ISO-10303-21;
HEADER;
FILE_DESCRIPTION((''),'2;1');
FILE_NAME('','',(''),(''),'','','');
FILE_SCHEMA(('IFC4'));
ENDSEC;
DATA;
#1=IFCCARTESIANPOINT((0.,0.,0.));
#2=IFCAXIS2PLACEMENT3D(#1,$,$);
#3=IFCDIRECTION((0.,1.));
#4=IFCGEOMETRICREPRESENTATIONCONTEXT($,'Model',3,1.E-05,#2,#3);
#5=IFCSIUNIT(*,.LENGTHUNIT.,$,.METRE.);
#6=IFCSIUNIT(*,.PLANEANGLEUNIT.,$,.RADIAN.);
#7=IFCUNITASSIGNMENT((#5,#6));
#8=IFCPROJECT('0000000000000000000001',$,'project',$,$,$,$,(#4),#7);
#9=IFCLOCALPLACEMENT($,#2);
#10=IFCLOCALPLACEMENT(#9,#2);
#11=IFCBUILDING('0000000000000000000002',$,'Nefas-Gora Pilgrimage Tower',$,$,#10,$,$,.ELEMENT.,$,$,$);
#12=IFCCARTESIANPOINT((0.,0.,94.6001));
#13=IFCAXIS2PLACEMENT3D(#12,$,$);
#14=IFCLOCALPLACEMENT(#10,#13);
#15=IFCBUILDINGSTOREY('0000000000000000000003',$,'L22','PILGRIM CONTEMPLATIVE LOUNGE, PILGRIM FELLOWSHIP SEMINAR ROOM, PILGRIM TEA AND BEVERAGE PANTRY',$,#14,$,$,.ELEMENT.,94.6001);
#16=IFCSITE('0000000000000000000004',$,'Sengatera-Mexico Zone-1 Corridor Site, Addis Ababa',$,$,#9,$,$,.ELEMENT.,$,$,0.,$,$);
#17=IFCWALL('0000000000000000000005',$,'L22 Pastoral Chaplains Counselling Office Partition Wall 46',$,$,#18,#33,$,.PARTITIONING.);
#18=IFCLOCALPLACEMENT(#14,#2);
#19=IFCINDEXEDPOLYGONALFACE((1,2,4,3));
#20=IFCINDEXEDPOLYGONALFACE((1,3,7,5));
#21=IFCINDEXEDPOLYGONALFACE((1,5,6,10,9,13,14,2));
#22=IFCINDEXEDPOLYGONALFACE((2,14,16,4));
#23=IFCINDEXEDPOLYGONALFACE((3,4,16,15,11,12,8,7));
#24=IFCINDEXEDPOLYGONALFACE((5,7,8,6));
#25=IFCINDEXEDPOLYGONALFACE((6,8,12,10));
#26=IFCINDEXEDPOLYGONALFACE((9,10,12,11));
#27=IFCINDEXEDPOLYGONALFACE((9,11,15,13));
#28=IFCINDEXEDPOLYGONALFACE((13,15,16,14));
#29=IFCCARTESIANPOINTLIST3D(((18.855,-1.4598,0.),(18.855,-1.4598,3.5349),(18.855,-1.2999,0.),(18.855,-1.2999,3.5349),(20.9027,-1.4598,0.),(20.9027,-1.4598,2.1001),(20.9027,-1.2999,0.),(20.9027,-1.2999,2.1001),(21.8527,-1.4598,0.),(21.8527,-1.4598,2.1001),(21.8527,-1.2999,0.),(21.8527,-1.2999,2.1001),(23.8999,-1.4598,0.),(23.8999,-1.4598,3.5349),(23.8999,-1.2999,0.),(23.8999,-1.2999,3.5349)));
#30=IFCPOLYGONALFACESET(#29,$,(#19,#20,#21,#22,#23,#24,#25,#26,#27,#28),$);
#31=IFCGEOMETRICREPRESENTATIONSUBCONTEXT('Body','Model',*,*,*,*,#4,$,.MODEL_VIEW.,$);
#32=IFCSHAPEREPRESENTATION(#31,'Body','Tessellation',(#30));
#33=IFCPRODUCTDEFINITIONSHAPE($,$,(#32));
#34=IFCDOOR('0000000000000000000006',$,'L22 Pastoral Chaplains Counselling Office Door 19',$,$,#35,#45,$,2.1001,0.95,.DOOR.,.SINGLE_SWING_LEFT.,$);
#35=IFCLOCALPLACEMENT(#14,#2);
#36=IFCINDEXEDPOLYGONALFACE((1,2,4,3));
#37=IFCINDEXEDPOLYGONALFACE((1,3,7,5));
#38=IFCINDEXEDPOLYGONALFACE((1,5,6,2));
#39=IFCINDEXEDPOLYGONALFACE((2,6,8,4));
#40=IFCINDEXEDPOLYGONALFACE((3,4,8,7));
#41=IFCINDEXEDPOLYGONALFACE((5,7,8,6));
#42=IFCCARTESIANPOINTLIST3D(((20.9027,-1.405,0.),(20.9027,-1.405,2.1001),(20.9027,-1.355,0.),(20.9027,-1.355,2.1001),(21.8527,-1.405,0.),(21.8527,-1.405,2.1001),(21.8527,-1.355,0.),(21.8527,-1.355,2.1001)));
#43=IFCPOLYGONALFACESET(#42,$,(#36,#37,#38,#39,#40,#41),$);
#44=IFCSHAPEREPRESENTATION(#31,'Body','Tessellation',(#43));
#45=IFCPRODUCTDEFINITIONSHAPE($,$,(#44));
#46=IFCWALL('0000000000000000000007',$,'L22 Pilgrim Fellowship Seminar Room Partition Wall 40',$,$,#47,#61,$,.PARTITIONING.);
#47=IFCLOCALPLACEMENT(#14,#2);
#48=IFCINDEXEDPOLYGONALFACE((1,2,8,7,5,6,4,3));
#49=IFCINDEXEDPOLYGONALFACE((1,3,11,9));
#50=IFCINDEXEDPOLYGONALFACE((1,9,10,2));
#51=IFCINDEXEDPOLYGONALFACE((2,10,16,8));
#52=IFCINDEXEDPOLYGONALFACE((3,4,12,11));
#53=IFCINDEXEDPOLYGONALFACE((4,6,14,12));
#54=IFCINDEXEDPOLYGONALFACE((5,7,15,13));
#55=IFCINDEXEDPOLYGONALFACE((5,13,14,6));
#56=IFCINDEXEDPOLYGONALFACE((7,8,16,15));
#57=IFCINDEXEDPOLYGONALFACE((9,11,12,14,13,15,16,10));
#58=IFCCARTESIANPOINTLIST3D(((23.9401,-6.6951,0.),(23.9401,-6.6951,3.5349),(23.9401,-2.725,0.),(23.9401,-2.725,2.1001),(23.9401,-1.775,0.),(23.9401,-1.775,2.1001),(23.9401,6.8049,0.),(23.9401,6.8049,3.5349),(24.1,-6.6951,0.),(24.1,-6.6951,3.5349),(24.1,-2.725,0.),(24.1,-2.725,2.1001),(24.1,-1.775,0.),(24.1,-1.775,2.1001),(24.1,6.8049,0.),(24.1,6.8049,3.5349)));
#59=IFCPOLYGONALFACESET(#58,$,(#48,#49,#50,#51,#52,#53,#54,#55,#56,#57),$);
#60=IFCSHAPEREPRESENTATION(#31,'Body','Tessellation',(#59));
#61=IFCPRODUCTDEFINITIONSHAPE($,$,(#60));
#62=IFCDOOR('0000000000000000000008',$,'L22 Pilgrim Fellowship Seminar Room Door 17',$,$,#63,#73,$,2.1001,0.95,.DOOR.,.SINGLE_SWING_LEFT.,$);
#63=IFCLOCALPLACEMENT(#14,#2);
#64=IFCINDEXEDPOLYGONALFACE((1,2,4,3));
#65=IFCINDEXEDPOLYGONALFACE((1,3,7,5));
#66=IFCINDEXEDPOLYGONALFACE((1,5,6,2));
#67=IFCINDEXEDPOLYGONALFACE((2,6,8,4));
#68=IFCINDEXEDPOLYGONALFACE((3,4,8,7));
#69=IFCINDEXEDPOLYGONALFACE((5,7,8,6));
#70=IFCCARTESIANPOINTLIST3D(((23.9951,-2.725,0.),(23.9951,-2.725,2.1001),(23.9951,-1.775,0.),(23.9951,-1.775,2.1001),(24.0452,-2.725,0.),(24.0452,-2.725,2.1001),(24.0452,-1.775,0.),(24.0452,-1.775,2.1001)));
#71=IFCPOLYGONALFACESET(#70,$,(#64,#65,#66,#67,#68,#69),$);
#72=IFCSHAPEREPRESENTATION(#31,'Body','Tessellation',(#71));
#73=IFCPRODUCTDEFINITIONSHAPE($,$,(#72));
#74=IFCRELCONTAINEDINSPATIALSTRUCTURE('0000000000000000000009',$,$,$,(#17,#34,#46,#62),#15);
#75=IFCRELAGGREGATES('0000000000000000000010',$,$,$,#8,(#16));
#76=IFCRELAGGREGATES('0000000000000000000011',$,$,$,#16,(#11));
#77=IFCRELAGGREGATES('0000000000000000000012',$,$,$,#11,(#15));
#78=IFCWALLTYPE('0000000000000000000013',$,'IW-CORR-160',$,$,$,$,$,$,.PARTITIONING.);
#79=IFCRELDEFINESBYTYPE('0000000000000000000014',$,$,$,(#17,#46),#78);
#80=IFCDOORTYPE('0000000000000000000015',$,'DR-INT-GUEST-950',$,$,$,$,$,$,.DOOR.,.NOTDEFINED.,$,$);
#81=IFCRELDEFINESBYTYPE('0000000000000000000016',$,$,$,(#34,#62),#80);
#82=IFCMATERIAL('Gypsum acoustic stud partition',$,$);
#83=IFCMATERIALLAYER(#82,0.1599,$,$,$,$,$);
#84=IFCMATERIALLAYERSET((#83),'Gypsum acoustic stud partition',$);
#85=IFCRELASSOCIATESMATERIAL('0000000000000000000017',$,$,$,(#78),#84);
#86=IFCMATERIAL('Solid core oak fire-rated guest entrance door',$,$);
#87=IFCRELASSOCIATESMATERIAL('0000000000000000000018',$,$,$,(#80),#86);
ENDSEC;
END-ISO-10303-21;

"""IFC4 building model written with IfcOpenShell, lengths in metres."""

from ifc_helpers import new_model, si_unit, direction, frame, frame_2d, origin, place, context, subcontext, project, spatial, rectangle, extrude, source, transform, mapped, material, layer, layer_set, type_object, element, fill, save


model = new_model("IFC4")

# Units and contexts
model_context = context("Model", 3, precision=1e-05, world=origin(), true_north=direction((0.0, 1.0)))
body_context = subcontext(model_context, "Body", "Model", "MODEL_VIEW")
ifc_project = project(units=[si_unit("LENGTHUNIT", "METRE"), si_unit("PLANEANGLEUNIT", "RADIAN")], contexts=[model_context])

# Site, building, storey
site_placement = place(None, origin())
site = spatial("IfcSite", under=ifc_project, at=site_placement, Name="Sengatera-Mexico Zone-1 Corridor Site, Addis Ababa", CompositionType="ELEMENT", RefElevation=0.0)
building_placement = place(site_placement, origin())
building = spatial("IfcBuilding", under=site, at=building_placement, Name="Nefas-Gora Pilgrimage Tower", CompositionType="ELEMENT")
storey_placement = place(building_placement, frame((0.0, 0.0, 94.6001)))
storey = spatial("IfcBuildingStorey", under=building, at=storey_placement, Name="L22", Description="PILGRIM CONTEMPLATIVE LOUNGE, PILGRIM FELLOWSHIP SEMINAR ROOM, PILGRIM TEA AND BEVERAGE PANTRY", CompositionType="ELEMENT", Elevation=94.6001)

# Walls, openings, doors
ifc_material_1 = material(Name="Gypsum acoustic stud partition")
ifc_layer_1 = layer(ifc_material_1, 0.1599)
ifc_layer_set_1 = layer_set([ifc_layer_1], Name="Gypsum acoustic stud partition")
wall_type_1 = type_object("IfcWallType", Name="IW-CORR-160", PredefinedType="PARTITIONING", material=ifc_layer_set_1)
shared_shape_1 = source(origin(), body_context, "Body", "SweptSolid", [
    extrude(rectangle(XDim=5.0449, YDim=0.1599, at=frame_2d((2.5225, 0.0))), origin(), (0.0, 0.0, 1.0), 3.5349),
])
wall_1_placement = place(storey_placement, frame((18.855, -1.3799, 0.0), z_axis=(0.0, 0.0, 1.0), x_axis=(1.0, 0.0, 0.0)))
wall_1 = element("IfcWall", 1, at=wall_1_placement, inside=storey, type_object=wall_type_1, Name="L22 Pastoral Chaplains Counselling Office Partition Wall 46", PredefinedType="PARTITIONING", context=body_context, shape_type="MappedRepresentation", body=[
    mapped(shared_shape_1, transform((0.0, 0.0, 0.0), x_axis=(1.0, 0.0, 0.0), y_axis=(0.0, 1.0, 0.0), z_axis=(0.0, 0.0, 1.0), scale=1.0)),
])
opening_1_placement = place(wall_1_placement, frame((2.0476, 0.0, 0.0)))
opening_1 = element("IfcOpeningElement", 2, at=opening_1_placement, cuts=wall_1, PredefinedType="OPENING", context=body_context, shape_type="SweptSolid", body=[
    extrude(rectangle(XDim=0.95, YDim=2.1001, at=frame_2d((0.4751, 1.05))), frame((0.0, 0.0898, 0.0), z_axis=(0.0, -1.0, 0.0), x_axis=(1.0, 0.0, 0.0)), (0.0, 0.0, 1.0), 0.1799),
])
ifc_material_2 = material(Name="Solid core oak fire-rated guest entrance door")
door_type = type_object("IfcDoorType", Name="DR-INT-GUEST-950", OperationType="NOTDEFINED", PredefinedType="DOOR", material=ifc_material_2)
shared_shape_2 = source(origin(), body_context, "Body", "SweptSolid", [
    extrude(rectangle(XDim=0.95, YDim=2.1001, at=frame_2d((0.4751, 1.05))), frame((0.0, 0.0249, 0.0), z_axis=(0.0, -1.0, 0.0), x_axis=(1.0, 0.0, 0.0)), (0.0, 0.0, 1.0), 0.05),
])
door_1_placement = place(opening_1_placement, origin())
door_1 = element("IfcDoor", 3, at=door_1_placement, inside=storey, type_object=door_type, Name="L22 Pastoral Chaplains Counselling Office Door 19", OperationType="SINGLE_SWING_LEFT", OverallHeight=2.1001, OverallWidth=0.95, PredefinedType="DOOR", context=body_context, shape_type="MappedRepresentation", body=[
    mapped(shared_shape_2, transform((0.0, 0.0, 0.0), x_axis=(1.0, 0.0, 0.0), y_axis=(0.0, 1.0, 0.0), z_axis=(0.0, 0.0, 1.0), scale=1.0)),
])
fill(opening_1, door_1)
shared_shape_3 = source(origin(), body_context, "Body", "SweptSolid", [
    extrude(rectangle(XDim=13.5, YDim=0.1599, at=frame_2d((6.75, 0.0))), origin(), (0.0, 0.0, 1.0), 3.5349),
])
wall_2_placement = place(storey_placement, frame((24.02, -6.6951, 0.0), z_axis=(0.0, 0.0, 1.0), x_axis=(0.0, 1.0, 0.0)))
wall_2 = element("IfcWall", 4, at=wall_2_placement, inside=storey, type_object=wall_type_1, Name="L22 Pilgrim Fellowship Seminar Room Partition Wall 40", PredefinedType="PARTITIONING", context=body_context, shape_type="MappedRepresentation", body=[
    mapped(shared_shape_3, transform((0.0, 0.0, 0.0), x_axis=(1.0, 0.0, 0.0), y_axis=(0.0, 1.0, 0.0), z_axis=(0.0, 0.0, 1.0), scale=1.0)),
])
opening_2_placement = place(wall_2_placement, frame((3.97, 0.0, 0.0)))
opening_2 = element("IfcOpeningElement", 5, at=opening_2_placement, cuts=wall_2, PredefinedType="OPENING", context=body_context, shape_type="SweptSolid", body=[
    extrude(rectangle(XDim=0.95, YDim=2.1001, at=frame_2d((0.4751, 1.05))), frame((0.0, 0.0898, 0.0), z_axis=(0.0, -1.0, 0.0), x_axis=(1.0, 0.0, 0.0)), (0.0, 0.0, 1.0), 0.1799),
])
door_2_placement = place(opening_2_placement, origin())
door_2 = element("IfcDoor", 6, at=door_2_placement, inside=storey, type_object=door_type, Name="L22 Pilgrim Fellowship Seminar Room Door 17", OperationType="SINGLE_SWING_LEFT", OverallHeight=2.1001, OverallWidth=0.95, PredefinedType="DOOR", context=body_context, shape_type="MappedRepresentation", body=[
    mapped(shared_shape_2, transform((0.0, 0.0, 0.0), x_axis=(1.0, 0.0, 0.0), y_axis=(0.0, 1.0, 0.0), z_axis=(0.0, 0.0, 1.0), scale=1.0)),
])
fill(opening_2, door_2)

save(model, "model.ifc")
